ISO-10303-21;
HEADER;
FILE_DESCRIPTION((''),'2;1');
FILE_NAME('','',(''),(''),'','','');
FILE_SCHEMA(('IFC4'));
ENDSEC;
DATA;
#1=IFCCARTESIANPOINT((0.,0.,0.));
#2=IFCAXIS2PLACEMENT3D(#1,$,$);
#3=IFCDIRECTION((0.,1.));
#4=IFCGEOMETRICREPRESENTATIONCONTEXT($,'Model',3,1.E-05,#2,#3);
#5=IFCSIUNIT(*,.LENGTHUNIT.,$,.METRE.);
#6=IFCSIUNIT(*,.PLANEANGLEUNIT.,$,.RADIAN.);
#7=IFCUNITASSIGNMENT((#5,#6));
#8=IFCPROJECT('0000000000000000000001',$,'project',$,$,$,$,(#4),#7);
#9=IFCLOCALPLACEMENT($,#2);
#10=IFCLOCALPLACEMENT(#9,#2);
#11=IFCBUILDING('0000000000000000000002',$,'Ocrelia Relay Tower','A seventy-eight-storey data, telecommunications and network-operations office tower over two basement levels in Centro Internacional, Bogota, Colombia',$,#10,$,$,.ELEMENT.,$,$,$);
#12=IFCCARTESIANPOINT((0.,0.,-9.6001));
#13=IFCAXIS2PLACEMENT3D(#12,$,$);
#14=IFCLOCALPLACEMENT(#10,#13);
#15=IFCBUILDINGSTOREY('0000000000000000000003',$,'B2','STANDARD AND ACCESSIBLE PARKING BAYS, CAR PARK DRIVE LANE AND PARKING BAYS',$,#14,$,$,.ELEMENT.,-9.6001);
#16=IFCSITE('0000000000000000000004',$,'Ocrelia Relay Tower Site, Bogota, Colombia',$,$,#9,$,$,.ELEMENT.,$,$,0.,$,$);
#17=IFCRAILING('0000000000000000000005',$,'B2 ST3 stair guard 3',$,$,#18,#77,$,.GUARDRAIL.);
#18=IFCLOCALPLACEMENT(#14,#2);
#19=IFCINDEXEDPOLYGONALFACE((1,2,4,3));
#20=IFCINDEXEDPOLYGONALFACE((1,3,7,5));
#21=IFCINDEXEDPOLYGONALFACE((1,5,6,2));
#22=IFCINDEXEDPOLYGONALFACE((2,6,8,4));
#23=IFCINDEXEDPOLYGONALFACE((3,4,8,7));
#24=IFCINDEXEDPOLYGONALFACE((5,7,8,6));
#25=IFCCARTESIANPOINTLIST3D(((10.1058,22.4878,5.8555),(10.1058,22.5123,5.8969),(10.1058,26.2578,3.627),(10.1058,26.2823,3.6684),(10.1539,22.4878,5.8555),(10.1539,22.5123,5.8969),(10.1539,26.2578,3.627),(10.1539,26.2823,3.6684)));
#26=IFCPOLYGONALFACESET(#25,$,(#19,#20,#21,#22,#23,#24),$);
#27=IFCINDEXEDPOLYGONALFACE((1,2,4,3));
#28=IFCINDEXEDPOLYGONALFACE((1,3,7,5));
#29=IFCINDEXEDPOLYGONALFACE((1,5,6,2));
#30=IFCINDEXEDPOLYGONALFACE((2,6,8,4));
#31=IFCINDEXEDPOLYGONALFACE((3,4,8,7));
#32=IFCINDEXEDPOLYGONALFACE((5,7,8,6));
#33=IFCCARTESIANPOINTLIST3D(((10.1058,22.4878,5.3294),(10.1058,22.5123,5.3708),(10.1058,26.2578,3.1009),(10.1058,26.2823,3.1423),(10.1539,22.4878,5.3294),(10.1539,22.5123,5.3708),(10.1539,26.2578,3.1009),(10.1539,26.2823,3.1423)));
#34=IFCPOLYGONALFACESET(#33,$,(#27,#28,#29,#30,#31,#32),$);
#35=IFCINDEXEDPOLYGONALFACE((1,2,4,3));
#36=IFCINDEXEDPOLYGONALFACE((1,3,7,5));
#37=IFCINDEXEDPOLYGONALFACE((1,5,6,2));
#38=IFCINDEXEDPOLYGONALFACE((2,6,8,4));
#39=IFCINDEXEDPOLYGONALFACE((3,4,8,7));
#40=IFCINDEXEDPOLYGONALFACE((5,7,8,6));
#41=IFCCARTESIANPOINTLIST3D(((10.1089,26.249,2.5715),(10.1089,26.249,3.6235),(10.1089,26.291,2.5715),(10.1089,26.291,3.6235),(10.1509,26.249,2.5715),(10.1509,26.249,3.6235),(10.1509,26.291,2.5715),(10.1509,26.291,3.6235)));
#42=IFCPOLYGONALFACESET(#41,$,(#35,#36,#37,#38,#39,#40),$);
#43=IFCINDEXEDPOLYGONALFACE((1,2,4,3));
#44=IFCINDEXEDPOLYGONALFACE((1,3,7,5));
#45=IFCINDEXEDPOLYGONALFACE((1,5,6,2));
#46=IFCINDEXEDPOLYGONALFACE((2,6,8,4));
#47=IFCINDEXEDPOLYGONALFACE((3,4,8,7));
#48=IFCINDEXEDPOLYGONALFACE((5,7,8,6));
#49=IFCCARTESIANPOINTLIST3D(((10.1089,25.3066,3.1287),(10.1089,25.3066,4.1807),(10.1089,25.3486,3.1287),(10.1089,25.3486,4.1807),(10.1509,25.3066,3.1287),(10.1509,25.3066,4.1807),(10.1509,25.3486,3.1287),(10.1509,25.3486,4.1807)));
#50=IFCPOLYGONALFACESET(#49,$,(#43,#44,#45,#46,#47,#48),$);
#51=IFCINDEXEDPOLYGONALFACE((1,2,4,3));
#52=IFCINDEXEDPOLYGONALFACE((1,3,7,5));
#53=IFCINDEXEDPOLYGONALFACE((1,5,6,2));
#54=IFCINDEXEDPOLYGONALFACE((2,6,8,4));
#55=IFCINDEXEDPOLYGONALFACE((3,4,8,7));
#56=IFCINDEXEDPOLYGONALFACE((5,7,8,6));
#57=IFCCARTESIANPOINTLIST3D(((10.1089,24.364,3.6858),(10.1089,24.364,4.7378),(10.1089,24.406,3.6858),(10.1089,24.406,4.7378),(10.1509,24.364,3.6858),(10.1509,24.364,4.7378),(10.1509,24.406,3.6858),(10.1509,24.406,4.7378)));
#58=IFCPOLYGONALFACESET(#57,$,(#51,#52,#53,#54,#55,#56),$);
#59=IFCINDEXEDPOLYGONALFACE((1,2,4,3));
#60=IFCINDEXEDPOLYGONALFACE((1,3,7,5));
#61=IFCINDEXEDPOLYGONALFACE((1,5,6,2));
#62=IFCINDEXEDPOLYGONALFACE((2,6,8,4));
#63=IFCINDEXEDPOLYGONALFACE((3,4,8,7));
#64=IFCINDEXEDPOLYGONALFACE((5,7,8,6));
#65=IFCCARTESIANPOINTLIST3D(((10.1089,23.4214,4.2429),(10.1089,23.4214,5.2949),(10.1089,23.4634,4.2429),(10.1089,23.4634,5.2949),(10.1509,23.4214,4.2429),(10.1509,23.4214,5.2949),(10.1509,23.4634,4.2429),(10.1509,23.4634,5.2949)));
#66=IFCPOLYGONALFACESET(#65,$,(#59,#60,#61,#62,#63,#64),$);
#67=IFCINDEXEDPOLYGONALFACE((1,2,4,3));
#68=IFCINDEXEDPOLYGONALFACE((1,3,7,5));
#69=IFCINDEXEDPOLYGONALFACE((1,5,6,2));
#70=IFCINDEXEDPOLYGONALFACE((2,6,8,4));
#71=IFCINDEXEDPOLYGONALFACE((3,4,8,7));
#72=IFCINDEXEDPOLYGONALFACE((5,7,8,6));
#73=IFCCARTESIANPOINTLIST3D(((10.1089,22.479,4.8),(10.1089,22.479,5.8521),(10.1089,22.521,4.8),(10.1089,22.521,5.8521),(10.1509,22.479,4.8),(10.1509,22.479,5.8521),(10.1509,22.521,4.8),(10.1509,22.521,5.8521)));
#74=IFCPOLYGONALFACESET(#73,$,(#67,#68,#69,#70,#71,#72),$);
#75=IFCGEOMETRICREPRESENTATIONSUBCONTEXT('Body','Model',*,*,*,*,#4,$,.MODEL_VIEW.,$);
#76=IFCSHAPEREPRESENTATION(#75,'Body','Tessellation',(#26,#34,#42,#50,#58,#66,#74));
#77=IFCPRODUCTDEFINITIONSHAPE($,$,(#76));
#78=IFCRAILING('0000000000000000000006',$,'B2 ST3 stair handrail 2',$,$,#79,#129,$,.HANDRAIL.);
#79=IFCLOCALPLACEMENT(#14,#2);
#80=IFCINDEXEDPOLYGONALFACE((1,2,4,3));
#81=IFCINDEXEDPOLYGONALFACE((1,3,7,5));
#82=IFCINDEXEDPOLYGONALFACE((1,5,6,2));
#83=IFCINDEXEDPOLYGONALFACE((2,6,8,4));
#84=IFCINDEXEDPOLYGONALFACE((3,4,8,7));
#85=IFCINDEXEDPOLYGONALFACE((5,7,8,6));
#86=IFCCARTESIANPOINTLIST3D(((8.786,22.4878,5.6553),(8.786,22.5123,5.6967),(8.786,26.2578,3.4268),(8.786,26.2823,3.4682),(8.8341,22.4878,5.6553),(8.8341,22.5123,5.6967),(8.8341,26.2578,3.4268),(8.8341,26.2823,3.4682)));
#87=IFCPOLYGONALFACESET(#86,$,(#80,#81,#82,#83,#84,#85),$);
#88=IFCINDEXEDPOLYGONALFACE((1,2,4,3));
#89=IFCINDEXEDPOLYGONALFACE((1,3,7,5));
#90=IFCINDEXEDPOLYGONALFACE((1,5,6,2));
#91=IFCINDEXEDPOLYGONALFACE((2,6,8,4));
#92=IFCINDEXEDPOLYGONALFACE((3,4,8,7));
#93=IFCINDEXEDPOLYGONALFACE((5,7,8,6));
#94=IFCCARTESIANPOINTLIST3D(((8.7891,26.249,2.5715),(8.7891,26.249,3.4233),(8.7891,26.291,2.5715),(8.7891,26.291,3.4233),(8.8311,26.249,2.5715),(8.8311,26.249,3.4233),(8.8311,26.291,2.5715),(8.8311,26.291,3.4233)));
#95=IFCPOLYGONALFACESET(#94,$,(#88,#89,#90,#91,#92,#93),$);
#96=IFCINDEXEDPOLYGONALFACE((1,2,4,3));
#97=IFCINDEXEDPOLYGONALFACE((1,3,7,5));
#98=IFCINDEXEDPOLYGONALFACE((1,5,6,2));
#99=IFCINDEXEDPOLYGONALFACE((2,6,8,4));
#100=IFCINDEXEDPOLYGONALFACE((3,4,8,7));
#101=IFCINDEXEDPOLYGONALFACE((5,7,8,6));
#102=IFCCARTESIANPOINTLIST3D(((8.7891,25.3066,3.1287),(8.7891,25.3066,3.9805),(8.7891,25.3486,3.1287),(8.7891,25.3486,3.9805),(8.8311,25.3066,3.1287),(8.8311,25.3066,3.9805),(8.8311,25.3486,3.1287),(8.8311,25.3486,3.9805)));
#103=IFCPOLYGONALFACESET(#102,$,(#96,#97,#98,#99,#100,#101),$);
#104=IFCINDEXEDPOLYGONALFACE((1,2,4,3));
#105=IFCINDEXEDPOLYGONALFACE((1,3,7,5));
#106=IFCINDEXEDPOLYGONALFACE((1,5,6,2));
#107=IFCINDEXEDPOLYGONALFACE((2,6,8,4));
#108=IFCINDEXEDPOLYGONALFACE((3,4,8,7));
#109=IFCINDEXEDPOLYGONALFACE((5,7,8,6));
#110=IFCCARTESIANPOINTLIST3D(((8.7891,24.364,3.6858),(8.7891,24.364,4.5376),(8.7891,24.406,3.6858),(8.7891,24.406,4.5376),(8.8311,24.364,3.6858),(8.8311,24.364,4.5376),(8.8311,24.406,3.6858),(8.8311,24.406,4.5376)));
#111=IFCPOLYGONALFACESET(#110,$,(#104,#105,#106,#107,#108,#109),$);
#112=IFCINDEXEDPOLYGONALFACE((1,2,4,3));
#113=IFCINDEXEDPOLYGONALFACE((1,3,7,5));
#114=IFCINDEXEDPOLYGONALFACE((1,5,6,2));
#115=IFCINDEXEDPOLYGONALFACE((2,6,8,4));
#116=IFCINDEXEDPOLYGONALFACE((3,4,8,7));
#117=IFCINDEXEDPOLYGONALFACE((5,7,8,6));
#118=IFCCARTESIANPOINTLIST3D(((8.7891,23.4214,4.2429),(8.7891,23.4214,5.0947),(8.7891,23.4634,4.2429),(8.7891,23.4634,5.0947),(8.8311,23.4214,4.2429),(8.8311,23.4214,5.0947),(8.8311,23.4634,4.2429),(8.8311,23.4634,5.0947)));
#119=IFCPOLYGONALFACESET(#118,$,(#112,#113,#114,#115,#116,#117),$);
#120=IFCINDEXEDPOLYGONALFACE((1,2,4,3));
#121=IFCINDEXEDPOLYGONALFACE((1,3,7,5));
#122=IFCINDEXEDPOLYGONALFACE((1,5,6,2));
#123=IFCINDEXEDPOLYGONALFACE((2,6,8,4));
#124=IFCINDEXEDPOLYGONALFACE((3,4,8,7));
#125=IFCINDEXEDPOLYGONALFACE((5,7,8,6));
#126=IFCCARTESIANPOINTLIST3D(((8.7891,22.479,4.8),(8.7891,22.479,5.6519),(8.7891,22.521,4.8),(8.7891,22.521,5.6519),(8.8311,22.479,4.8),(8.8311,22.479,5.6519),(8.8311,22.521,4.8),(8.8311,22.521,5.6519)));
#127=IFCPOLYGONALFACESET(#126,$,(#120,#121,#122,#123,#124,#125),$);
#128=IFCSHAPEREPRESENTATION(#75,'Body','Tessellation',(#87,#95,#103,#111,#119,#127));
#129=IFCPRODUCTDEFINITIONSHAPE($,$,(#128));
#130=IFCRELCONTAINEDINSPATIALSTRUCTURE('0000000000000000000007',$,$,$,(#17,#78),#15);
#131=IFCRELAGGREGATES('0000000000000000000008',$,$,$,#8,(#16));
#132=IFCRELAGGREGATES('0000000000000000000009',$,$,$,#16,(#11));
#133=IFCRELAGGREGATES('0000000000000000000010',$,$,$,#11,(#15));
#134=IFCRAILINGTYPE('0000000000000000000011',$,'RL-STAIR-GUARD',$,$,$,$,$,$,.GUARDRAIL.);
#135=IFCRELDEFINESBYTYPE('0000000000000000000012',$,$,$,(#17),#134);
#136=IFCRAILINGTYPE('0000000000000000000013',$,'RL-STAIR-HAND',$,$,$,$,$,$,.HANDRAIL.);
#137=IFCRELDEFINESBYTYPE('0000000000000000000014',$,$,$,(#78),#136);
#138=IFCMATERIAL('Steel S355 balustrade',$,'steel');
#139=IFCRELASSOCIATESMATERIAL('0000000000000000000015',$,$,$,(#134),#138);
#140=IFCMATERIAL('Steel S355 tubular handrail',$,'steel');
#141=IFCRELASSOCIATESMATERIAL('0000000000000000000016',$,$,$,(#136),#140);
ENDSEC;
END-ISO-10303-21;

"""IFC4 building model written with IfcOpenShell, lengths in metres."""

from ifc_helpers import new_model, si_unit, direction, frame, origin, origin_2d, place, context, subcontext, project, spatial, rectangle, extrude, material, type_object, element, save


model = new_model("IFC4")

# Units and contexts
model_context = context("Model", 3, precision=1e-05, world=origin(), true_north=direction((0.0, 1.0)))
body_context = subcontext(model_context, "Body", "Model", "MODEL_VIEW")
ifc_project = project(units=[si_unit("LENGTHUNIT", "METRE"), si_unit("PLANEANGLEUNIT", "RADIAN")], contexts=[model_context])

# Site, building, storey
site_placement = place(None, origin())
site = spatial("IfcSite", under=ifc_project, at=site_placement, Name="Ocrelia Relay Tower Site, Bogota, Colombia", CompositionType="ELEMENT", RefElevation=0.0)
building_placement = place(site_placement, origin())
building = spatial("IfcBuilding", under=site, at=building_placement, Name="Ocrelia Relay Tower", Description="A seventy-eight-storey data, telecommunications and network-operations office tower over two basement levels in Centro Internacional, Bogota, Colombia", CompositionType="ELEMENT")
storey_placement = place(building_placement, frame((0.0, 0.0, -9.6001)))
storey = spatial("IfcBuildingStorey", under=building, at=storey_placement, Name="B2", Description="STANDARD AND ACCESSIBLE PARKING BAYS, CAR PARK DRIVE LANE AND PARKING BAYS", CompositionType="ELEMENT", Elevation=-9.6001)

# Railings
ifc_material_1 = material(Name="Steel S355 balustrade", Category="steel")
railing_type_1 = type_object("IfcRailingType", Name="RL-STAIR-GUARD", PredefinedType="GUARDRAIL", material=ifc_material_1)
railing_1_placement = place(storey_placement, frame((10.1299, 26.27, 2.5715)))
element("IfcRailing", 1, at=railing_1_placement, inside=storey, type_object=railing_type_1, Name="B2 ST3 stair guard 3", PredefinedType="GUARDRAIL", context=body_context, shape_type="SweptSolid", body=[
    extrude(rectangle(XDim=0.0481, YDim=0.0481, at=origin_2d()), frame((0.0, 0.0, 1.0762), z_axis=(0.0, -0.860849, 0.508861), x_axis=(1.0, 0.0, 0.0)), (0.0, 0.0, 1.0), 4.3794),
    extrude(rectangle(XDim=0.0481, YDim=0.0481, at=origin_2d()), frame((0.0, 0.0, 0.55), z_axis=(0.0, -0.860849, 0.508861), x_axis=(1.0, 0.0, 0.0)), (0.0, 0.0, 1.0), 4.3794),
    extrude(rectangle(XDim=0.042, YDim=0.042, at=origin_2d()), origin(), (0.0, 0.0, 1.0), 1.052),
    extrude(rectangle(XDim=0.042, YDim=0.042, at=origin_2d()), frame((0.0, -0.9424, 0.5571)), (0.0, 0.0, 1.0), 1.052),
    extrude(rectangle(XDim=0.042, YDim=0.042, at=origin_2d()), frame((0.0, -1.885, 1.1143)), (0.0, 0.0, 1.0), 1.052),
    extrude(rectangle(XDim=0.042, YDim=0.042, at=origin_2d()), frame((0.0, -2.8276, 1.6714)), (0.0, 0.0, 1.0), 1.052),
    extrude(rectangle(XDim=0.042, YDim=0.042, at=origin_2d()), frame((0.0, -3.77, 2.2285)), (0.0, 0.0, 1.0), 1.052),
])
ifc_material_2 = material(Name="Steel S355 tubular handrail", Category="steel")
railing_type_2 = type_object("IfcRailingType", Name="RL-STAIR-HAND", PredefinedType="HANDRAIL", material=ifc_material_2)
railing_2_placement = place(storey_placement, frame((8.8101, 26.27, 2.5715)))
element("IfcRailing", 2, at=railing_2_placement, inside=storey, type_object=railing_type_2, Name="B2 ST3 stair handrail 2", PredefinedType="HANDRAIL", context=body_context, shape_type="SweptSolid", body=[
    extrude(rectangle(XDim=0.0481, YDim=0.0481, at=origin_2d()), frame((0.0, 0.0, 0.876), z_axis=(0.0, -0.860849, 0.508861), x_axis=(1.0, 0.0, 0.0)), (0.0, 0.0, 1.0), 4.3794),
    extrude(rectangle(XDim=0.042, YDim=0.042, at=origin_2d()), origin(), (0.0, 0.0, 1.0), 0.8518),
    extrude(rectangle(XDim=0.042, YDim=0.042, at=origin_2d()), frame((0.0, -0.9424, 0.5571)), (0.0, 0.0, 1.0), 0.8518),
    extrude(rectangle(XDim=0.042, YDim=0.042, at=origin_2d()), frame((0.0, -1.885, 1.1143)), (0.0, 0.0, 1.0), 0.8518),
    extrude(rectangle(XDim=0.042, YDim=0.042, at=origin_2d()), frame((0.0, -2.8276, 1.6714)), (0.0, 0.0, 1.0), 0.8518),
    extrude(rectangle(XDim=0.042, YDim=0.042, at=origin_2d()), frame((0.0, -3.77, 2.2285)), (0.0, 0.0, 1.0), 0.8518),
])

save(model, "model.ifc")
